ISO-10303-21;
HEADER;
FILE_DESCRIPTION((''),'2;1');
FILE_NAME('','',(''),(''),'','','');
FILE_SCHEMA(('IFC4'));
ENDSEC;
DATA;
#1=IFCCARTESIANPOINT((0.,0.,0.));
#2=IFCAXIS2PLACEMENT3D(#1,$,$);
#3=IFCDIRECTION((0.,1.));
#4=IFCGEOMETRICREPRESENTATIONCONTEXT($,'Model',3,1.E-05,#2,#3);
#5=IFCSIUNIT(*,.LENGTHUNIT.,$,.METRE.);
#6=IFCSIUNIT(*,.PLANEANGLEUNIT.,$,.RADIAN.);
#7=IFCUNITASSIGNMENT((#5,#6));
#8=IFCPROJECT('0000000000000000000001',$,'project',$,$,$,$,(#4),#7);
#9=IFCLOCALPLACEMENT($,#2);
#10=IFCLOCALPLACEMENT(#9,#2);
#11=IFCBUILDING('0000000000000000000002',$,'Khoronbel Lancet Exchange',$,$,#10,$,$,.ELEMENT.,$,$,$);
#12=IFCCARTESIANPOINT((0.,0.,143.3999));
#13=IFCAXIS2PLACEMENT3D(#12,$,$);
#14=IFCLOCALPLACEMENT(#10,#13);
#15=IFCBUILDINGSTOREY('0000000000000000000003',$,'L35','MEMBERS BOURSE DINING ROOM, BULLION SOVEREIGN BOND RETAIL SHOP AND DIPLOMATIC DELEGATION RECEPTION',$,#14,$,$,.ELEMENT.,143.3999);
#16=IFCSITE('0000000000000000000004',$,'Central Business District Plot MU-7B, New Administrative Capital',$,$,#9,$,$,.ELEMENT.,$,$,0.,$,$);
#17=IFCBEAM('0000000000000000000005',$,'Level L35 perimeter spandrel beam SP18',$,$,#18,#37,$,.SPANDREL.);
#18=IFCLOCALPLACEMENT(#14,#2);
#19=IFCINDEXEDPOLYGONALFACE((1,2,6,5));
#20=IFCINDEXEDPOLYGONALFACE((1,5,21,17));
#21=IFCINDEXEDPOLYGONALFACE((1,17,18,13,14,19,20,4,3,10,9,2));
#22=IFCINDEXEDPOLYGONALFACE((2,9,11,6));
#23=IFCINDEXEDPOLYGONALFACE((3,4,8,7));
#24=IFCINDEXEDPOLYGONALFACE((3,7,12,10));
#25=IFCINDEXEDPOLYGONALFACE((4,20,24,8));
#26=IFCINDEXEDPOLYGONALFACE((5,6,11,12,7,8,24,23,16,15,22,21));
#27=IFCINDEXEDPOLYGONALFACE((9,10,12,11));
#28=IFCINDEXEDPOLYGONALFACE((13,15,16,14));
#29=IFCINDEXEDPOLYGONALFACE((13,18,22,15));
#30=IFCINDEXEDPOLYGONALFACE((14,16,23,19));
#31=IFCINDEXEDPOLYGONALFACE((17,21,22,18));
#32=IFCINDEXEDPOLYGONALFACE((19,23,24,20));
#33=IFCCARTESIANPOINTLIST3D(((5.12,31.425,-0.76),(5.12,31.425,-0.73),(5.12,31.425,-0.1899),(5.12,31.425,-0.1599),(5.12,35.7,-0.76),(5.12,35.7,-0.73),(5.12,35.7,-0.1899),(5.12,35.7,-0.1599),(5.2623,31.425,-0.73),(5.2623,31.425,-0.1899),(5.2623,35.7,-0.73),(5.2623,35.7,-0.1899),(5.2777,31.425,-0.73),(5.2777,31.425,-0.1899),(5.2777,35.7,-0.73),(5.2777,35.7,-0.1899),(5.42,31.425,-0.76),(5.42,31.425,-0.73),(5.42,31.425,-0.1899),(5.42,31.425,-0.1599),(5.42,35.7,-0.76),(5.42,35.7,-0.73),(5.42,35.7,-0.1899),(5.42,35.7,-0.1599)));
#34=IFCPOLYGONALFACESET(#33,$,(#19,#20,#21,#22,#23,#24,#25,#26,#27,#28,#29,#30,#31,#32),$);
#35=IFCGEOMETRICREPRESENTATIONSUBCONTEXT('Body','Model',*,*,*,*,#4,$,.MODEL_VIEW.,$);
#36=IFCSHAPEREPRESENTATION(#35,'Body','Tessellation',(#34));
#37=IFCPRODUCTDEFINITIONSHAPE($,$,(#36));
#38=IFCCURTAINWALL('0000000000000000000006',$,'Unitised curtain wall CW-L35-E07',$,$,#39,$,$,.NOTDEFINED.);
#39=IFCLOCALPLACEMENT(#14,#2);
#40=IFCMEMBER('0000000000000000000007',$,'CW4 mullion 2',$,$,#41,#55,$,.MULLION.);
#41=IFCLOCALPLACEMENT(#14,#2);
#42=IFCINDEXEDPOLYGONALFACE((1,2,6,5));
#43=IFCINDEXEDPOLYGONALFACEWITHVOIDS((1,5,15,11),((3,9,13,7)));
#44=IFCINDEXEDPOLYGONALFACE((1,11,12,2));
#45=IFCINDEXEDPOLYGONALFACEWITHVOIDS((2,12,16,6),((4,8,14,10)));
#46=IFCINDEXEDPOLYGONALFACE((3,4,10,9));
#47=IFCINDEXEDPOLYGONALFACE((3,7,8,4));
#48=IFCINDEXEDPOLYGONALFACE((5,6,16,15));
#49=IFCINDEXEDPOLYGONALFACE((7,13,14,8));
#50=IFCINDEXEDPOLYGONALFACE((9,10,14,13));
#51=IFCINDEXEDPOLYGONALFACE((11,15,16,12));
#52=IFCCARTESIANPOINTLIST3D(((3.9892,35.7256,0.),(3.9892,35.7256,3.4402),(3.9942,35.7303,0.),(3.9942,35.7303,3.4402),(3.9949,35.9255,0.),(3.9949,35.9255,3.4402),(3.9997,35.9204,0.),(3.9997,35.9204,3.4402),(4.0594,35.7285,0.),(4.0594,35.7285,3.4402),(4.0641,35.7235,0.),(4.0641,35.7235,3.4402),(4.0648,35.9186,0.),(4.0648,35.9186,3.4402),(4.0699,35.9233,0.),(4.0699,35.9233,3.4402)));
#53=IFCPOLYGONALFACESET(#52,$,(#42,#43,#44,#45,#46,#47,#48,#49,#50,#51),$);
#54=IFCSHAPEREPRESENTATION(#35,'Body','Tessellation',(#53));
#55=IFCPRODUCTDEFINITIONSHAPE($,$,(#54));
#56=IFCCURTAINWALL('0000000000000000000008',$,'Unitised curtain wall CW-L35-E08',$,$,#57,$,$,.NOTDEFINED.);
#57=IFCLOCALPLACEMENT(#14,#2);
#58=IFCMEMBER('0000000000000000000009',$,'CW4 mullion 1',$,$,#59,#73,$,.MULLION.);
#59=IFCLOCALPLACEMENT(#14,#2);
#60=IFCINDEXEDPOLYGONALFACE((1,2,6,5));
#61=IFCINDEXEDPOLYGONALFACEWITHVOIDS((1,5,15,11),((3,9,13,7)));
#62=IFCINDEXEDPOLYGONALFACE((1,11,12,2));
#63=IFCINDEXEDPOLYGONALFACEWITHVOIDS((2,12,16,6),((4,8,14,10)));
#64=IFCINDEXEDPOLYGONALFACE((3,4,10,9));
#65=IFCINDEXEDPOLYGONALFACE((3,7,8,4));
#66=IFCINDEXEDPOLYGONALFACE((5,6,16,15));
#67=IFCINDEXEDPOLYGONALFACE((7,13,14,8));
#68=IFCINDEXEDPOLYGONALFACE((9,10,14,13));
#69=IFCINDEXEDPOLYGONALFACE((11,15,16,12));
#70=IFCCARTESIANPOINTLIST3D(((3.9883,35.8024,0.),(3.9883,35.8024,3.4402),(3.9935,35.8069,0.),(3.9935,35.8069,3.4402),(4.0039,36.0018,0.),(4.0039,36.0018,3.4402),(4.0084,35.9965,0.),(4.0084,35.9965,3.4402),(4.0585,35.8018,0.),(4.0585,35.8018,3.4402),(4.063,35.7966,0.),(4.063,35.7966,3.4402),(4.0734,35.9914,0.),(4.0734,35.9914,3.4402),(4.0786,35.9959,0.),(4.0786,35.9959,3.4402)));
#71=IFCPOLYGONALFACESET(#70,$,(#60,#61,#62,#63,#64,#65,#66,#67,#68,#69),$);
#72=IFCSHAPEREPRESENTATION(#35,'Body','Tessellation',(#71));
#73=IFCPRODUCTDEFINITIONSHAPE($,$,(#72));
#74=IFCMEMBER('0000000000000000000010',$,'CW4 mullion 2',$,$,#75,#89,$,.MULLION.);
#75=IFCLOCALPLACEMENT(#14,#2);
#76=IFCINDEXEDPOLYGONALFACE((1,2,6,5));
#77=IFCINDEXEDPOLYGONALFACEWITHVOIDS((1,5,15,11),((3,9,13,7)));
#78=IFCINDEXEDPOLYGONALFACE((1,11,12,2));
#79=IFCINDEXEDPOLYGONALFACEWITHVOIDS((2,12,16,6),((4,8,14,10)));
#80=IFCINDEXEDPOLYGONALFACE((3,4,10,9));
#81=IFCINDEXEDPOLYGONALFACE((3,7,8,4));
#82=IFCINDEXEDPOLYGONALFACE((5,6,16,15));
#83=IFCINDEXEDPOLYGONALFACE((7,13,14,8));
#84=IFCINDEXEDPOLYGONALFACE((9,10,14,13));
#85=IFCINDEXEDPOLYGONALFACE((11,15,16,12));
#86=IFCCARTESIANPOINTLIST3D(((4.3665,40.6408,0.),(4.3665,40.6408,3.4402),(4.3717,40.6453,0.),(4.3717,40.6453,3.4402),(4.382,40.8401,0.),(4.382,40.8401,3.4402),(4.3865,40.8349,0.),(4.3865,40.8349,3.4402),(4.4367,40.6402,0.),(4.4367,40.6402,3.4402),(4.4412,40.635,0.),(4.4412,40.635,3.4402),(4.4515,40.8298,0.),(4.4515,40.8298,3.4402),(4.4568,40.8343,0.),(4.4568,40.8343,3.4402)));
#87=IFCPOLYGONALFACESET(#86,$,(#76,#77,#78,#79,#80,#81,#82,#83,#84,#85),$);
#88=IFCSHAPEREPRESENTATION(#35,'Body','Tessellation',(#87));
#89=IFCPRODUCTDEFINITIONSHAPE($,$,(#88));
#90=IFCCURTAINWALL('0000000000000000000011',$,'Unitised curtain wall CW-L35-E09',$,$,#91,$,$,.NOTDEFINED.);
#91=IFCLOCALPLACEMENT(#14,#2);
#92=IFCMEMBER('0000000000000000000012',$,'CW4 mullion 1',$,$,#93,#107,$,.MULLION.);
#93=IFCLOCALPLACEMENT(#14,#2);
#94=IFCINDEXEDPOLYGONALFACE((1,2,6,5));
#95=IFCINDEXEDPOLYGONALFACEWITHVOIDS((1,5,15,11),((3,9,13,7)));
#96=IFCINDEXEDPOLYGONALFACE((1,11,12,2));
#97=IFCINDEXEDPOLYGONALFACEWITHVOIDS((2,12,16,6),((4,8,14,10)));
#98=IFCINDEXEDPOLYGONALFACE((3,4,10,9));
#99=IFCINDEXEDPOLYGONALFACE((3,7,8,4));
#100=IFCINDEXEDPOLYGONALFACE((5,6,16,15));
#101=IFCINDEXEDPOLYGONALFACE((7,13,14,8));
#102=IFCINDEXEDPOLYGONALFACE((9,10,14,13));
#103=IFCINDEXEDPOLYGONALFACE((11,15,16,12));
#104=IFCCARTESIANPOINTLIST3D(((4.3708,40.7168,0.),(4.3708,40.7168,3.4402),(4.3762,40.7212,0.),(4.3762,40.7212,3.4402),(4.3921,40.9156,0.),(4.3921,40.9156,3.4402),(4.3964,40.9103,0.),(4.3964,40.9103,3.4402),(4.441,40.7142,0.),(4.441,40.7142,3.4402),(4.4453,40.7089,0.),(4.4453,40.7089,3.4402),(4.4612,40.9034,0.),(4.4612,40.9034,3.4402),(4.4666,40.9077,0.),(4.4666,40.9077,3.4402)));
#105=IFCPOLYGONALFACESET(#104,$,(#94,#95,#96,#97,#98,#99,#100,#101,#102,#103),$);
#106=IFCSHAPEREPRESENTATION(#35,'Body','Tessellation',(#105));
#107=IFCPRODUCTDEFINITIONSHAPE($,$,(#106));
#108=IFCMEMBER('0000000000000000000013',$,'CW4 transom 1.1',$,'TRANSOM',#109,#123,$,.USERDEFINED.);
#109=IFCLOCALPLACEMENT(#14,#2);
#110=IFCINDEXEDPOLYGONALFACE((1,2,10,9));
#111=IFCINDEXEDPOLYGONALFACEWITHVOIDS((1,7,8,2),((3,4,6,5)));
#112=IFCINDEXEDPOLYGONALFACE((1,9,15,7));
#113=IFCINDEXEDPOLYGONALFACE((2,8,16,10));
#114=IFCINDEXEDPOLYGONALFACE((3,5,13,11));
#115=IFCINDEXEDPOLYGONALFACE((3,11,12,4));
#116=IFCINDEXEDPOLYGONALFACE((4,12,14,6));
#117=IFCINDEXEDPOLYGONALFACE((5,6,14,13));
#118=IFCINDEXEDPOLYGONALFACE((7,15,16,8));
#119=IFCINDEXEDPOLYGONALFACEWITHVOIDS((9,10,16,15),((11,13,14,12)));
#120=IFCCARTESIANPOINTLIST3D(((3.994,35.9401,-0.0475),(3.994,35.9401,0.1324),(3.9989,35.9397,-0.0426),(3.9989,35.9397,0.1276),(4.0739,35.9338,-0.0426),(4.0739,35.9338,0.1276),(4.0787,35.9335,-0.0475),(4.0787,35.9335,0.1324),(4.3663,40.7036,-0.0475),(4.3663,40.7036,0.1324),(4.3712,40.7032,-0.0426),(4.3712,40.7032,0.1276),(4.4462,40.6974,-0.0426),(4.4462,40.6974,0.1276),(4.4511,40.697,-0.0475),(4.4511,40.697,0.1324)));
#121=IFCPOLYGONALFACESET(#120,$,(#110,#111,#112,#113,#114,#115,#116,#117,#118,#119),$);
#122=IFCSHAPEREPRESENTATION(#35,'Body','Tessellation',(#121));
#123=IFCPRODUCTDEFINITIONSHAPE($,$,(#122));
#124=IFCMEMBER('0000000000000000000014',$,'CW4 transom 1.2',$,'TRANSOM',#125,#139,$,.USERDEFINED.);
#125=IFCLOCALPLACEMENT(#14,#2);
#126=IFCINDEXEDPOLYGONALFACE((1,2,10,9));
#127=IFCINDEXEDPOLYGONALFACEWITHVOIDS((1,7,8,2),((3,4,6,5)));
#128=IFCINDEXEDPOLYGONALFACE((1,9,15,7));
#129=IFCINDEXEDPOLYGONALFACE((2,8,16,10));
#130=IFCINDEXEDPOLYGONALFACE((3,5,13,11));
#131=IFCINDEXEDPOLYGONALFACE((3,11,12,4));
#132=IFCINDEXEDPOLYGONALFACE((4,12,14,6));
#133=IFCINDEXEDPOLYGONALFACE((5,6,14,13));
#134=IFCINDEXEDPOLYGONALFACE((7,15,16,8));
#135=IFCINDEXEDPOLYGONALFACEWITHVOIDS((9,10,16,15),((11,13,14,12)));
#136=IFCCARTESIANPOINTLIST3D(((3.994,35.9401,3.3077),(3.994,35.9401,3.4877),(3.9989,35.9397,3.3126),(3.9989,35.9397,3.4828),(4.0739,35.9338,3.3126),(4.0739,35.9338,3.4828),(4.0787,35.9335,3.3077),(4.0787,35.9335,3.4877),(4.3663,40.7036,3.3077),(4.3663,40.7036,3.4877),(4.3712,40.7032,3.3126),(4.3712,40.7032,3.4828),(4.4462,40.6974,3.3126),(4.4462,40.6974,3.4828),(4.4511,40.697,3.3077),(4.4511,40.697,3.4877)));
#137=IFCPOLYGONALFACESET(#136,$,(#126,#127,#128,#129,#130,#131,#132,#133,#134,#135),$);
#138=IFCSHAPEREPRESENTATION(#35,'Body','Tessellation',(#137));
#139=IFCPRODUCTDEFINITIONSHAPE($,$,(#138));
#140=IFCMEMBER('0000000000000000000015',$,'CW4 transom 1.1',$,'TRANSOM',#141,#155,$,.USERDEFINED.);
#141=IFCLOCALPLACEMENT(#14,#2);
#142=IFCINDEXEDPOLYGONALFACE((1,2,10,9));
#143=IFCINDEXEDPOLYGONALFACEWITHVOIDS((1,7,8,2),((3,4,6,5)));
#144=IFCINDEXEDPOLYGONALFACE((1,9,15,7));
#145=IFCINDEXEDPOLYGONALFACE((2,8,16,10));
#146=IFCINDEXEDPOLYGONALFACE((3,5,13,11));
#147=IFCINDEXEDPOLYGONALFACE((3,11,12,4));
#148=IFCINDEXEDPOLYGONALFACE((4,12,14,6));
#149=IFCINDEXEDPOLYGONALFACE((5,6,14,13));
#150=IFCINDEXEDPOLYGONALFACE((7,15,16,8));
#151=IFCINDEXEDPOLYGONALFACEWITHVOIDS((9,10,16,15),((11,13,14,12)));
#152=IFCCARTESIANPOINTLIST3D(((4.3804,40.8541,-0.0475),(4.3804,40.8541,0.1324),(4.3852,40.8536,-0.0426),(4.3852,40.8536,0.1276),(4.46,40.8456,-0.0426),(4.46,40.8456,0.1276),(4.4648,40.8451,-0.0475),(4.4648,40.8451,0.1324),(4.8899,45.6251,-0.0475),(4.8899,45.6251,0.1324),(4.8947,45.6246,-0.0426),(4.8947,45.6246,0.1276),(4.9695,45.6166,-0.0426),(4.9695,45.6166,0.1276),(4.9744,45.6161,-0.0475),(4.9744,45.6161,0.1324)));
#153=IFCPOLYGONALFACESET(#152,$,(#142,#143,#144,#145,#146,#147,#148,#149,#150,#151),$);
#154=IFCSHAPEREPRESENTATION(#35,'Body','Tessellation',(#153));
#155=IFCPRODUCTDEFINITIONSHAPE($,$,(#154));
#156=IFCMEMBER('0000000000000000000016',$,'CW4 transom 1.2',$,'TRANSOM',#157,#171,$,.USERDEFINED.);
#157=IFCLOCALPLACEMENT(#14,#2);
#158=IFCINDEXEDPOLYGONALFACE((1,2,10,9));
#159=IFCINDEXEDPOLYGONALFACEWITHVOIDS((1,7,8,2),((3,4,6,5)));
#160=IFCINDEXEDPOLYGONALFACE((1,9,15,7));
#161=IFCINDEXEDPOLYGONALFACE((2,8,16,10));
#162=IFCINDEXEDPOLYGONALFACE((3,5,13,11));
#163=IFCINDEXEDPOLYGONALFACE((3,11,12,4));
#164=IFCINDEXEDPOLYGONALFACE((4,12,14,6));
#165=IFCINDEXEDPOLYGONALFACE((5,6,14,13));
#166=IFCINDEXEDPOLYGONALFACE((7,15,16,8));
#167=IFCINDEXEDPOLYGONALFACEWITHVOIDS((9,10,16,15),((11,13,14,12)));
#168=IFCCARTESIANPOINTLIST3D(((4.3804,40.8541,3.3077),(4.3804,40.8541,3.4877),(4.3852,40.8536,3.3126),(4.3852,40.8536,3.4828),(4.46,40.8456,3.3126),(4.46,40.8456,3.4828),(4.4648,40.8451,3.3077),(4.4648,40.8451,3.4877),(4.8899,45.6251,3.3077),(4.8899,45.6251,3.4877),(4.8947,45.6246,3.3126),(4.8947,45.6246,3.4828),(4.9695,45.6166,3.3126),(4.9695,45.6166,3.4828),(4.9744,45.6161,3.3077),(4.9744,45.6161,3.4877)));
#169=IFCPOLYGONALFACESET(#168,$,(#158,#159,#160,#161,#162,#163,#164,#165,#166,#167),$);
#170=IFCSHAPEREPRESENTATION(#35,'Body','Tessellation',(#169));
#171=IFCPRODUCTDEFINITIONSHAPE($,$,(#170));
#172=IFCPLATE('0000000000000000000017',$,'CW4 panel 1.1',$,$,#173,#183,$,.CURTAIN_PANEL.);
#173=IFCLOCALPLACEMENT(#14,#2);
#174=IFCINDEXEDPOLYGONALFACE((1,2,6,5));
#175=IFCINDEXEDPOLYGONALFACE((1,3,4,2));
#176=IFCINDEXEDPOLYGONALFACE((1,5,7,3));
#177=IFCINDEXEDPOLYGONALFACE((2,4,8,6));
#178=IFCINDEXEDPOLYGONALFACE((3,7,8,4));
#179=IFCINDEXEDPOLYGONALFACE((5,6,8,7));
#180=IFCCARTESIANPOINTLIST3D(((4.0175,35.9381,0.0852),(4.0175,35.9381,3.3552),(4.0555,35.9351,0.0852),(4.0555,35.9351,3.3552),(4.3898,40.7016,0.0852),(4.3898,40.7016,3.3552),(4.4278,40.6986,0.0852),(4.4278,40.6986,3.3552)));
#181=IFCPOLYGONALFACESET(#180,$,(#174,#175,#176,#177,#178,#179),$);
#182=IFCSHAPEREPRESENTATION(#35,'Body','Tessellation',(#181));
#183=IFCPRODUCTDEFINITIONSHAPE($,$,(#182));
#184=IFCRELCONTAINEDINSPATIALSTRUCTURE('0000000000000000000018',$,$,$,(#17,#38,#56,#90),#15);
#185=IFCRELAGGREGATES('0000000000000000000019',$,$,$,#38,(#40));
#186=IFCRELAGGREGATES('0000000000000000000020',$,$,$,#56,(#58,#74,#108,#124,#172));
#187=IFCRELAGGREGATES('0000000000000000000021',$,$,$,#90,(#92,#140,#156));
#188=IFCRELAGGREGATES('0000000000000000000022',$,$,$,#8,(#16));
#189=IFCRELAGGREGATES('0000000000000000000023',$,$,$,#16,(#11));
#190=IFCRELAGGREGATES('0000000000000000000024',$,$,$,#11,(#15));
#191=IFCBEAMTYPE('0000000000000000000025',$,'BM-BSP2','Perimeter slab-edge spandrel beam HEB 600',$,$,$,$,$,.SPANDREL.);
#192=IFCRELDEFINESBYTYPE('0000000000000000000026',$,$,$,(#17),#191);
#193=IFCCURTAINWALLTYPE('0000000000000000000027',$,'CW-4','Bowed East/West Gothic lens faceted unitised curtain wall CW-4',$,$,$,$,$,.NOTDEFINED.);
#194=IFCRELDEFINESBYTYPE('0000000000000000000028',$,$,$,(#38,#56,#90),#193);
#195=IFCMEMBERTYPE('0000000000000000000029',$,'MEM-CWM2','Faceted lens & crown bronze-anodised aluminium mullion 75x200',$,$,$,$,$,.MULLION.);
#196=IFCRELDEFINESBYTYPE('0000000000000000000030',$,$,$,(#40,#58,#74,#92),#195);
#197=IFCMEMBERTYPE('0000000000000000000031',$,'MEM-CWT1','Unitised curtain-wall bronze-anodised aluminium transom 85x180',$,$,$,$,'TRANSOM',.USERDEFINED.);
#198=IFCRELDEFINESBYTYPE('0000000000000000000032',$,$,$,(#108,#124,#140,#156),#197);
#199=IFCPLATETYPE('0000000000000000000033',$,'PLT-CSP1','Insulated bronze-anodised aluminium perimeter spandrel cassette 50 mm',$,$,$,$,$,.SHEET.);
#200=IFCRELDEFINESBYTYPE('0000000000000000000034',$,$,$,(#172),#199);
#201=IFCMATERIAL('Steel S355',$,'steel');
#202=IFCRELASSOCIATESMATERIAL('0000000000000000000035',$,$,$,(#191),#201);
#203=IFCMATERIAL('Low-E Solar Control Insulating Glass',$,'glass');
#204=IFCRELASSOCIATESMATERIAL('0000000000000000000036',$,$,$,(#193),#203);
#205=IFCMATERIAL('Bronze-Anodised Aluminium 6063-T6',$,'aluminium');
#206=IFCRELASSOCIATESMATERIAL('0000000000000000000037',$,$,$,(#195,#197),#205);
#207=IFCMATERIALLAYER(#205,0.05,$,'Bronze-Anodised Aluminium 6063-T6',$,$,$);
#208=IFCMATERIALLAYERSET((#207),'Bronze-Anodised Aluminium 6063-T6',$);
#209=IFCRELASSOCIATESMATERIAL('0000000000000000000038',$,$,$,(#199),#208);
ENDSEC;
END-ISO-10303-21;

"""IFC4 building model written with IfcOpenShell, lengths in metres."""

from ifc_helpers import new_model, si_unit, direction, frame, origin, origin_2d, place, context, subcontext, project, spatial, rectangle, hollow_rectangle, i_section, extrude, material, layer, layer_set, material_profile, profile_set, type_object, element, aggregate, save


model = new_model("IFC4")

# Units and contexts
model_context = context("Model", 3, precision=1e-05, world=origin(), true_north=direction((0.0, 1.0)))
body_context = subcontext(model_context, "Body", "Model", "MODEL_VIEW")
ifc_project = project(units=[si_unit("LENGTHUNIT", "METRE"), si_unit("PLANEANGLEUNIT", "RADIAN")], contexts=[model_context])

# Site, building, storey
site_placement = place(None, origin())
site = spatial("IfcSite", under=ifc_project, at=site_placement, Name="Central Business District Plot MU-7B, New Administrative Capital", CompositionType="ELEMENT", RefElevation=0.0)
building_placement = place(site_placement, origin())
building = spatial("IfcBuilding", under=site, at=building_placement, Name="Khoronbel Lancet Exchange", CompositionType="ELEMENT")
storey_placement = place(building_placement, frame((0.0, 0.0, 143.3999)))
storey = spatial("IfcBuildingStorey", under=building, at=storey_placement, Name="L35", Description="MEMBERS BOURSE DINING ROOM, BULLION SOVEREIGN BOND RETAIL SHOP AND DIPLOMATIC DELEGATION RECEPTION", CompositionType="ELEMENT", Elevation=143.3999)

# Shared definitions
ifc_material_1 = material(Name="Steel S355", Category="steel")

# Beam
ifc_material_profile_1 = material_profile(ifc_material_1, i_section(OverallWidth=0.3, OverallDepth=0.6001, WebThickness=0.0154, FlangeThickness=0.03, at=origin_2d()), Name="HEB 600")
ifc_profile_set_1 = profile_set([ifc_material_profile_1], Name="Steel S355")
beam_type_1 = type_object("IfcBeamType", Name="BM-BSP2", Description="Perimeter slab-edge spandrel beam HEB 600", PredefinedType="SPANDREL", material=ifc_profile_set_1)
beam_1_placement = place(storey_placement, frame((5.27, 35.7, -0.46), z_axis=(0.0, -1.0, 0.0), x_axis=(1.0, 0.0, 0.0)))
element("IfcBeam", 1, at=beam_1_placement, inside=storey, type_object=beam_type_1, Name="Level L35 perimeter spandrel beam SP18", PredefinedType="SPANDREL", context=body_context, shape_type="SweptSolid", body=[
    extrude(i_section(OverallWidth=0.3, OverallDepth=0.6001, WebThickness=0.0154, FlangeThickness=0.03, at=origin_2d()), origin(), (0.0, 0.0, 1.0), 4.2749),
])

# Curtain wall, member
ifc_material_2 = material(Name="Low-E Solar Control Insulating Glass", Category="glass")
curtain_wall_type = type_object("IfcCurtainWallType", Name="CW-4", Description="Bowed East/West Gothic lens faceted unitised curtain wall CW-4", PredefinedType="NOTDEFINED", material=ifc_material_2)
curtain_wall_1_placement = place(storey_placement, origin())
curtain_wall_1 = element("IfcCurtainWall", 2, at=curtain_wall_1_placement, inside=storey, type_object=curtain_wall_type, Name="Unitised curtain wall CW-L35-E07", PredefinedType="NOTDEFINED")
ifc_material_3 = material(Name="Bronze-Anodised Aluminium 6063-T6", Category="aluminium")
ifc_material_profile_2 = material_profile(ifc_material_3, hollow_rectangle(XDim=0.075, YDim=0.2, WallThickness=0.0049, at=origin_2d()), Name="ALU MULLION 75x200")
ifc_profile_set_2 = profile_set([ifc_material_profile_2], Name="Bronze-Anodised Aluminium 6063-T6")
member_type_1 = type_object("IfcMemberType", Name="MEM-CWM2", Description="Faceted lens & crown bronze-anodised aluminium mullion 75x200", PredefinedType="MULLION", material=ifc_profile_set_2)
member_1_placement = place(storey_placement, frame((4.0295, 35.8245, 0.0), z_axis=(0.0, 0.0, 1.0), x_axis=(-0.999591, 0.028613, 0.0)))
member_1 = element("IfcMember", 3, at=member_1_placement, type_object=member_type_1, Name="CW4 mullion 2", PredefinedType="MULLION", context=body_context, shape_type="SweptSolid", body=[
    extrude(hollow_rectangle(XDim=0.075, YDim=0.2, WallThickness=0.0049, at=origin_2d()), origin(), (0.0, 0.0, 1.0), 3.4402),
])
aggregate(curtain_wall_1, [member_1])

# Curtain wall, members
curtain_wall_2_placement = place(storey_placement, origin())
curtain_wall_2 = element("IfcCurtainWall", 4, at=curtain_wall_2_placement, inside=storey, type_object=curtain_wall_type, Name="Unitised curtain wall CW-L35-E08", PredefinedType="NOTDEFINED")
member_2_placement = place(storey_placement, frame((4.0334, 35.8992, 0.0), z_axis=(0.0, 0.0, 1.0), x_axis=(-0.99696, 0.077921, 0.0)))
member_2 = element("IfcMember", 5, at=member_2_placement, type_object=member_type_1, Name="CW4 mullion 1", PredefinedType="MULLION", context=body_context, shape_type="SweptSolid", body=[
    extrude(hollow_rectangle(XDim=0.075, YDim=0.2, WallThickness=0.0049, at=origin_2d()), origin(), (0.0, 0.0, 1.0), 3.4402),
])
member_3_placement = place(storey_placement, frame((4.4116, 40.7375, 0.0), z_axis=(0.0, 0.0, 1.0), x_axis=(-0.99696, 0.077921, 0.0)))
member_3 = element("IfcMember", 6, at=member_3_placement, type_object=member_type_1, Name="CW4 mullion 2", PredefinedType="MULLION", context=body_context, shape_type="SweptSolid", body=[
    extrude(hollow_rectangle(XDim=0.075, YDim=0.2, WallThickness=0.0049, at=origin_2d()), origin(), (0.0, 0.0, 1.0), 3.4402),
])

# Curtain wall, member
curtain_wall_3_placement = place(storey_placement, origin())
curtain_wall_3 = element("IfcCurtainWall", 7, at=curtain_wall_3_placement, inside=storey, type_object=curtain_wall_type, Name="Unitised curtain wall CW-L35-E09", PredefinedType="NOTDEFINED")
member_4_placement = place(storey_placement, frame((4.4187, 40.8123, 0.0), z_axis=(0.0, 0.0, 1.0), x_axis=(-0.994347, 0.106181, 0.0)))
member_4 = element("IfcMember", 8, at=member_4_placement, type_object=member_type_1, Name="CW4 mullion 1", PredefinedType="MULLION", context=body_context, shape_type="SweptSolid", body=[
    extrude(hollow_rectangle(XDim=0.075, YDim=0.2, WallThickness=0.0049, at=origin_2d()), origin(), (0.0, 0.0, 1.0), 3.4402),
])

# Members
ifc_material_profile_3 = material_profile(ifc_material_3, hollow_rectangle(XDim=0.085, YDim=0.1799, WallThickness=0.0049, at=origin_2d()), Name="ALU TRANSOM 85x180")
ifc_profile_set_3 = profile_set([ifc_material_profile_3], Name="Bronze-Anodised Aluminium 6063-T6")
member_type_2 = type_object("IfcMemberType", Name="MEM-CWT1", Description="Unitised curtain-wall bronze-anodised aluminium transom 85x180", ElementType="TRANSOM", PredefinedType="USERDEFINED", material=ifc_profile_set_3)
member_5_placement = place(storey_placement, frame((4.0364, 35.9368, 0.0425), z_axis=(0.077923, 0.996959, 0.0), x_axis=(-0.996959, 0.077923, 0.0)))
member_5 = element("IfcMember", 9, at=member_5_placement, type_object=member_type_2, Name="CW4 transom 1.1", ObjectType="TRANSOM", PredefinedType="USERDEFINED", context=body_context, shape_type="SweptSolid", body=[
    extrude(hollow_rectangle(XDim=0.085, YDim=0.1799, WallThickness=0.0049, at=origin_2d()), origin(), (0.0, 0.0, 1.0), 4.7781),
])
member_6_placement = place(storey_placement, frame((4.0364, 35.9368, 3.3977), z_axis=(0.077923, 0.996959, 0.0), x_axis=(-0.996959, 0.077923, 0.0)))
member_6 = element("IfcMember", 10, at=member_6_placement, type_object=member_type_2, Name="CW4 transom 1.2", ObjectType="TRANSOM", PredefinedType="USERDEFINED", context=body_context, shape_type="SweptSolid", body=[
    extrude(hollow_rectangle(XDim=0.085, YDim=0.1799, WallThickness=0.0049, at=origin_2d()), origin(), (0.0, 0.0, 1.0), 4.7781),
])
member_7_placement = place(storey_placement, frame((4.4226, 40.8496, 0.0425), z_axis=(0.106192, 0.994346, 0.0), x_axis=(-0.994346, 0.106192, 0.0)))
member_7 = element("IfcMember", 11, at=member_7_placement, type_object=member_type_2, Name="CW4 transom 1.1", ObjectType="TRANSOM", PredefinedType="USERDEFINED", context=body_context, shape_type="SweptSolid", body=[
    extrude(hollow_rectangle(XDim=0.085, YDim=0.1799, WallThickness=0.0049, at=origin_2d()), origin(), (0.0, 0.0, 1.0), 4.7981),
])
member_8_placement = place(storey_placement, frame((4.4226, 40.8496, 3.3977), z_axis=(0.106192, 0.994346, 0.0), x_axis=(-0.994346, 0.106192, 0.0)))
member_8 = element("IfcMember", 12, at=member_8_placement, type_object=member_type_2, Name="CW4 transom 1.2", ObjectType="TRANSOM", PredefinedType="USERDEFINED", context=body_context, shape_type="SweptSolid", body=[
    extrude(hollow_rectangle(XDim=0.085, YDim=0.1799, WallThickness=0.0049, at=origin_2d()), origin(), (0.0, 0.0, 1.0), 4.7981),
])

# Plate
ifc_layer_1 = layer(ifc_material_3, 0.05, Name="Bronze-Anodised Aluminium 6063-T6")
ifc_layer_set_1 = layer_set([ifc_layer_1], Name="Bronze-Anodised Aluminium 6063-T6")
plate_type_1 = type_object("IfcPlateType", Name="PLT-CSP1", Description="Insulated bronze-anodised aluminium perimeter spandrel cassette 50 mm", PredefinedType="SHEET", material=ifc_layer_set_1)
plate_1_placement = place(storey_placement, frame((4.2227, 38.3184, 0.0852), z_axis=(0.0, 0.0, 1.0), x_axis=(0.077921, 0.99696, 0.0)))
plate_1 = element("IfcPlate", 13, at=plate_1_placement, type_object=plate_type_1, Name="CW4 panel 1.1", PredefinedType="CURTAIN_PANEL", context=body_context, shape_type="SweptSolid", body=[
    extrude(rectangle(XDim=4.7781, YDim=0.0381, at=origin_2d()), origin(), (0.0, 0.0, 1.0), 3.27),
])
aggregate(curtain_wall_2, [member_2, member_3, member_5, member_6, plate_1])
aggregate(curtain_wall_3, [member_4, member_7, member_8])

save(model, "model.ifc")
